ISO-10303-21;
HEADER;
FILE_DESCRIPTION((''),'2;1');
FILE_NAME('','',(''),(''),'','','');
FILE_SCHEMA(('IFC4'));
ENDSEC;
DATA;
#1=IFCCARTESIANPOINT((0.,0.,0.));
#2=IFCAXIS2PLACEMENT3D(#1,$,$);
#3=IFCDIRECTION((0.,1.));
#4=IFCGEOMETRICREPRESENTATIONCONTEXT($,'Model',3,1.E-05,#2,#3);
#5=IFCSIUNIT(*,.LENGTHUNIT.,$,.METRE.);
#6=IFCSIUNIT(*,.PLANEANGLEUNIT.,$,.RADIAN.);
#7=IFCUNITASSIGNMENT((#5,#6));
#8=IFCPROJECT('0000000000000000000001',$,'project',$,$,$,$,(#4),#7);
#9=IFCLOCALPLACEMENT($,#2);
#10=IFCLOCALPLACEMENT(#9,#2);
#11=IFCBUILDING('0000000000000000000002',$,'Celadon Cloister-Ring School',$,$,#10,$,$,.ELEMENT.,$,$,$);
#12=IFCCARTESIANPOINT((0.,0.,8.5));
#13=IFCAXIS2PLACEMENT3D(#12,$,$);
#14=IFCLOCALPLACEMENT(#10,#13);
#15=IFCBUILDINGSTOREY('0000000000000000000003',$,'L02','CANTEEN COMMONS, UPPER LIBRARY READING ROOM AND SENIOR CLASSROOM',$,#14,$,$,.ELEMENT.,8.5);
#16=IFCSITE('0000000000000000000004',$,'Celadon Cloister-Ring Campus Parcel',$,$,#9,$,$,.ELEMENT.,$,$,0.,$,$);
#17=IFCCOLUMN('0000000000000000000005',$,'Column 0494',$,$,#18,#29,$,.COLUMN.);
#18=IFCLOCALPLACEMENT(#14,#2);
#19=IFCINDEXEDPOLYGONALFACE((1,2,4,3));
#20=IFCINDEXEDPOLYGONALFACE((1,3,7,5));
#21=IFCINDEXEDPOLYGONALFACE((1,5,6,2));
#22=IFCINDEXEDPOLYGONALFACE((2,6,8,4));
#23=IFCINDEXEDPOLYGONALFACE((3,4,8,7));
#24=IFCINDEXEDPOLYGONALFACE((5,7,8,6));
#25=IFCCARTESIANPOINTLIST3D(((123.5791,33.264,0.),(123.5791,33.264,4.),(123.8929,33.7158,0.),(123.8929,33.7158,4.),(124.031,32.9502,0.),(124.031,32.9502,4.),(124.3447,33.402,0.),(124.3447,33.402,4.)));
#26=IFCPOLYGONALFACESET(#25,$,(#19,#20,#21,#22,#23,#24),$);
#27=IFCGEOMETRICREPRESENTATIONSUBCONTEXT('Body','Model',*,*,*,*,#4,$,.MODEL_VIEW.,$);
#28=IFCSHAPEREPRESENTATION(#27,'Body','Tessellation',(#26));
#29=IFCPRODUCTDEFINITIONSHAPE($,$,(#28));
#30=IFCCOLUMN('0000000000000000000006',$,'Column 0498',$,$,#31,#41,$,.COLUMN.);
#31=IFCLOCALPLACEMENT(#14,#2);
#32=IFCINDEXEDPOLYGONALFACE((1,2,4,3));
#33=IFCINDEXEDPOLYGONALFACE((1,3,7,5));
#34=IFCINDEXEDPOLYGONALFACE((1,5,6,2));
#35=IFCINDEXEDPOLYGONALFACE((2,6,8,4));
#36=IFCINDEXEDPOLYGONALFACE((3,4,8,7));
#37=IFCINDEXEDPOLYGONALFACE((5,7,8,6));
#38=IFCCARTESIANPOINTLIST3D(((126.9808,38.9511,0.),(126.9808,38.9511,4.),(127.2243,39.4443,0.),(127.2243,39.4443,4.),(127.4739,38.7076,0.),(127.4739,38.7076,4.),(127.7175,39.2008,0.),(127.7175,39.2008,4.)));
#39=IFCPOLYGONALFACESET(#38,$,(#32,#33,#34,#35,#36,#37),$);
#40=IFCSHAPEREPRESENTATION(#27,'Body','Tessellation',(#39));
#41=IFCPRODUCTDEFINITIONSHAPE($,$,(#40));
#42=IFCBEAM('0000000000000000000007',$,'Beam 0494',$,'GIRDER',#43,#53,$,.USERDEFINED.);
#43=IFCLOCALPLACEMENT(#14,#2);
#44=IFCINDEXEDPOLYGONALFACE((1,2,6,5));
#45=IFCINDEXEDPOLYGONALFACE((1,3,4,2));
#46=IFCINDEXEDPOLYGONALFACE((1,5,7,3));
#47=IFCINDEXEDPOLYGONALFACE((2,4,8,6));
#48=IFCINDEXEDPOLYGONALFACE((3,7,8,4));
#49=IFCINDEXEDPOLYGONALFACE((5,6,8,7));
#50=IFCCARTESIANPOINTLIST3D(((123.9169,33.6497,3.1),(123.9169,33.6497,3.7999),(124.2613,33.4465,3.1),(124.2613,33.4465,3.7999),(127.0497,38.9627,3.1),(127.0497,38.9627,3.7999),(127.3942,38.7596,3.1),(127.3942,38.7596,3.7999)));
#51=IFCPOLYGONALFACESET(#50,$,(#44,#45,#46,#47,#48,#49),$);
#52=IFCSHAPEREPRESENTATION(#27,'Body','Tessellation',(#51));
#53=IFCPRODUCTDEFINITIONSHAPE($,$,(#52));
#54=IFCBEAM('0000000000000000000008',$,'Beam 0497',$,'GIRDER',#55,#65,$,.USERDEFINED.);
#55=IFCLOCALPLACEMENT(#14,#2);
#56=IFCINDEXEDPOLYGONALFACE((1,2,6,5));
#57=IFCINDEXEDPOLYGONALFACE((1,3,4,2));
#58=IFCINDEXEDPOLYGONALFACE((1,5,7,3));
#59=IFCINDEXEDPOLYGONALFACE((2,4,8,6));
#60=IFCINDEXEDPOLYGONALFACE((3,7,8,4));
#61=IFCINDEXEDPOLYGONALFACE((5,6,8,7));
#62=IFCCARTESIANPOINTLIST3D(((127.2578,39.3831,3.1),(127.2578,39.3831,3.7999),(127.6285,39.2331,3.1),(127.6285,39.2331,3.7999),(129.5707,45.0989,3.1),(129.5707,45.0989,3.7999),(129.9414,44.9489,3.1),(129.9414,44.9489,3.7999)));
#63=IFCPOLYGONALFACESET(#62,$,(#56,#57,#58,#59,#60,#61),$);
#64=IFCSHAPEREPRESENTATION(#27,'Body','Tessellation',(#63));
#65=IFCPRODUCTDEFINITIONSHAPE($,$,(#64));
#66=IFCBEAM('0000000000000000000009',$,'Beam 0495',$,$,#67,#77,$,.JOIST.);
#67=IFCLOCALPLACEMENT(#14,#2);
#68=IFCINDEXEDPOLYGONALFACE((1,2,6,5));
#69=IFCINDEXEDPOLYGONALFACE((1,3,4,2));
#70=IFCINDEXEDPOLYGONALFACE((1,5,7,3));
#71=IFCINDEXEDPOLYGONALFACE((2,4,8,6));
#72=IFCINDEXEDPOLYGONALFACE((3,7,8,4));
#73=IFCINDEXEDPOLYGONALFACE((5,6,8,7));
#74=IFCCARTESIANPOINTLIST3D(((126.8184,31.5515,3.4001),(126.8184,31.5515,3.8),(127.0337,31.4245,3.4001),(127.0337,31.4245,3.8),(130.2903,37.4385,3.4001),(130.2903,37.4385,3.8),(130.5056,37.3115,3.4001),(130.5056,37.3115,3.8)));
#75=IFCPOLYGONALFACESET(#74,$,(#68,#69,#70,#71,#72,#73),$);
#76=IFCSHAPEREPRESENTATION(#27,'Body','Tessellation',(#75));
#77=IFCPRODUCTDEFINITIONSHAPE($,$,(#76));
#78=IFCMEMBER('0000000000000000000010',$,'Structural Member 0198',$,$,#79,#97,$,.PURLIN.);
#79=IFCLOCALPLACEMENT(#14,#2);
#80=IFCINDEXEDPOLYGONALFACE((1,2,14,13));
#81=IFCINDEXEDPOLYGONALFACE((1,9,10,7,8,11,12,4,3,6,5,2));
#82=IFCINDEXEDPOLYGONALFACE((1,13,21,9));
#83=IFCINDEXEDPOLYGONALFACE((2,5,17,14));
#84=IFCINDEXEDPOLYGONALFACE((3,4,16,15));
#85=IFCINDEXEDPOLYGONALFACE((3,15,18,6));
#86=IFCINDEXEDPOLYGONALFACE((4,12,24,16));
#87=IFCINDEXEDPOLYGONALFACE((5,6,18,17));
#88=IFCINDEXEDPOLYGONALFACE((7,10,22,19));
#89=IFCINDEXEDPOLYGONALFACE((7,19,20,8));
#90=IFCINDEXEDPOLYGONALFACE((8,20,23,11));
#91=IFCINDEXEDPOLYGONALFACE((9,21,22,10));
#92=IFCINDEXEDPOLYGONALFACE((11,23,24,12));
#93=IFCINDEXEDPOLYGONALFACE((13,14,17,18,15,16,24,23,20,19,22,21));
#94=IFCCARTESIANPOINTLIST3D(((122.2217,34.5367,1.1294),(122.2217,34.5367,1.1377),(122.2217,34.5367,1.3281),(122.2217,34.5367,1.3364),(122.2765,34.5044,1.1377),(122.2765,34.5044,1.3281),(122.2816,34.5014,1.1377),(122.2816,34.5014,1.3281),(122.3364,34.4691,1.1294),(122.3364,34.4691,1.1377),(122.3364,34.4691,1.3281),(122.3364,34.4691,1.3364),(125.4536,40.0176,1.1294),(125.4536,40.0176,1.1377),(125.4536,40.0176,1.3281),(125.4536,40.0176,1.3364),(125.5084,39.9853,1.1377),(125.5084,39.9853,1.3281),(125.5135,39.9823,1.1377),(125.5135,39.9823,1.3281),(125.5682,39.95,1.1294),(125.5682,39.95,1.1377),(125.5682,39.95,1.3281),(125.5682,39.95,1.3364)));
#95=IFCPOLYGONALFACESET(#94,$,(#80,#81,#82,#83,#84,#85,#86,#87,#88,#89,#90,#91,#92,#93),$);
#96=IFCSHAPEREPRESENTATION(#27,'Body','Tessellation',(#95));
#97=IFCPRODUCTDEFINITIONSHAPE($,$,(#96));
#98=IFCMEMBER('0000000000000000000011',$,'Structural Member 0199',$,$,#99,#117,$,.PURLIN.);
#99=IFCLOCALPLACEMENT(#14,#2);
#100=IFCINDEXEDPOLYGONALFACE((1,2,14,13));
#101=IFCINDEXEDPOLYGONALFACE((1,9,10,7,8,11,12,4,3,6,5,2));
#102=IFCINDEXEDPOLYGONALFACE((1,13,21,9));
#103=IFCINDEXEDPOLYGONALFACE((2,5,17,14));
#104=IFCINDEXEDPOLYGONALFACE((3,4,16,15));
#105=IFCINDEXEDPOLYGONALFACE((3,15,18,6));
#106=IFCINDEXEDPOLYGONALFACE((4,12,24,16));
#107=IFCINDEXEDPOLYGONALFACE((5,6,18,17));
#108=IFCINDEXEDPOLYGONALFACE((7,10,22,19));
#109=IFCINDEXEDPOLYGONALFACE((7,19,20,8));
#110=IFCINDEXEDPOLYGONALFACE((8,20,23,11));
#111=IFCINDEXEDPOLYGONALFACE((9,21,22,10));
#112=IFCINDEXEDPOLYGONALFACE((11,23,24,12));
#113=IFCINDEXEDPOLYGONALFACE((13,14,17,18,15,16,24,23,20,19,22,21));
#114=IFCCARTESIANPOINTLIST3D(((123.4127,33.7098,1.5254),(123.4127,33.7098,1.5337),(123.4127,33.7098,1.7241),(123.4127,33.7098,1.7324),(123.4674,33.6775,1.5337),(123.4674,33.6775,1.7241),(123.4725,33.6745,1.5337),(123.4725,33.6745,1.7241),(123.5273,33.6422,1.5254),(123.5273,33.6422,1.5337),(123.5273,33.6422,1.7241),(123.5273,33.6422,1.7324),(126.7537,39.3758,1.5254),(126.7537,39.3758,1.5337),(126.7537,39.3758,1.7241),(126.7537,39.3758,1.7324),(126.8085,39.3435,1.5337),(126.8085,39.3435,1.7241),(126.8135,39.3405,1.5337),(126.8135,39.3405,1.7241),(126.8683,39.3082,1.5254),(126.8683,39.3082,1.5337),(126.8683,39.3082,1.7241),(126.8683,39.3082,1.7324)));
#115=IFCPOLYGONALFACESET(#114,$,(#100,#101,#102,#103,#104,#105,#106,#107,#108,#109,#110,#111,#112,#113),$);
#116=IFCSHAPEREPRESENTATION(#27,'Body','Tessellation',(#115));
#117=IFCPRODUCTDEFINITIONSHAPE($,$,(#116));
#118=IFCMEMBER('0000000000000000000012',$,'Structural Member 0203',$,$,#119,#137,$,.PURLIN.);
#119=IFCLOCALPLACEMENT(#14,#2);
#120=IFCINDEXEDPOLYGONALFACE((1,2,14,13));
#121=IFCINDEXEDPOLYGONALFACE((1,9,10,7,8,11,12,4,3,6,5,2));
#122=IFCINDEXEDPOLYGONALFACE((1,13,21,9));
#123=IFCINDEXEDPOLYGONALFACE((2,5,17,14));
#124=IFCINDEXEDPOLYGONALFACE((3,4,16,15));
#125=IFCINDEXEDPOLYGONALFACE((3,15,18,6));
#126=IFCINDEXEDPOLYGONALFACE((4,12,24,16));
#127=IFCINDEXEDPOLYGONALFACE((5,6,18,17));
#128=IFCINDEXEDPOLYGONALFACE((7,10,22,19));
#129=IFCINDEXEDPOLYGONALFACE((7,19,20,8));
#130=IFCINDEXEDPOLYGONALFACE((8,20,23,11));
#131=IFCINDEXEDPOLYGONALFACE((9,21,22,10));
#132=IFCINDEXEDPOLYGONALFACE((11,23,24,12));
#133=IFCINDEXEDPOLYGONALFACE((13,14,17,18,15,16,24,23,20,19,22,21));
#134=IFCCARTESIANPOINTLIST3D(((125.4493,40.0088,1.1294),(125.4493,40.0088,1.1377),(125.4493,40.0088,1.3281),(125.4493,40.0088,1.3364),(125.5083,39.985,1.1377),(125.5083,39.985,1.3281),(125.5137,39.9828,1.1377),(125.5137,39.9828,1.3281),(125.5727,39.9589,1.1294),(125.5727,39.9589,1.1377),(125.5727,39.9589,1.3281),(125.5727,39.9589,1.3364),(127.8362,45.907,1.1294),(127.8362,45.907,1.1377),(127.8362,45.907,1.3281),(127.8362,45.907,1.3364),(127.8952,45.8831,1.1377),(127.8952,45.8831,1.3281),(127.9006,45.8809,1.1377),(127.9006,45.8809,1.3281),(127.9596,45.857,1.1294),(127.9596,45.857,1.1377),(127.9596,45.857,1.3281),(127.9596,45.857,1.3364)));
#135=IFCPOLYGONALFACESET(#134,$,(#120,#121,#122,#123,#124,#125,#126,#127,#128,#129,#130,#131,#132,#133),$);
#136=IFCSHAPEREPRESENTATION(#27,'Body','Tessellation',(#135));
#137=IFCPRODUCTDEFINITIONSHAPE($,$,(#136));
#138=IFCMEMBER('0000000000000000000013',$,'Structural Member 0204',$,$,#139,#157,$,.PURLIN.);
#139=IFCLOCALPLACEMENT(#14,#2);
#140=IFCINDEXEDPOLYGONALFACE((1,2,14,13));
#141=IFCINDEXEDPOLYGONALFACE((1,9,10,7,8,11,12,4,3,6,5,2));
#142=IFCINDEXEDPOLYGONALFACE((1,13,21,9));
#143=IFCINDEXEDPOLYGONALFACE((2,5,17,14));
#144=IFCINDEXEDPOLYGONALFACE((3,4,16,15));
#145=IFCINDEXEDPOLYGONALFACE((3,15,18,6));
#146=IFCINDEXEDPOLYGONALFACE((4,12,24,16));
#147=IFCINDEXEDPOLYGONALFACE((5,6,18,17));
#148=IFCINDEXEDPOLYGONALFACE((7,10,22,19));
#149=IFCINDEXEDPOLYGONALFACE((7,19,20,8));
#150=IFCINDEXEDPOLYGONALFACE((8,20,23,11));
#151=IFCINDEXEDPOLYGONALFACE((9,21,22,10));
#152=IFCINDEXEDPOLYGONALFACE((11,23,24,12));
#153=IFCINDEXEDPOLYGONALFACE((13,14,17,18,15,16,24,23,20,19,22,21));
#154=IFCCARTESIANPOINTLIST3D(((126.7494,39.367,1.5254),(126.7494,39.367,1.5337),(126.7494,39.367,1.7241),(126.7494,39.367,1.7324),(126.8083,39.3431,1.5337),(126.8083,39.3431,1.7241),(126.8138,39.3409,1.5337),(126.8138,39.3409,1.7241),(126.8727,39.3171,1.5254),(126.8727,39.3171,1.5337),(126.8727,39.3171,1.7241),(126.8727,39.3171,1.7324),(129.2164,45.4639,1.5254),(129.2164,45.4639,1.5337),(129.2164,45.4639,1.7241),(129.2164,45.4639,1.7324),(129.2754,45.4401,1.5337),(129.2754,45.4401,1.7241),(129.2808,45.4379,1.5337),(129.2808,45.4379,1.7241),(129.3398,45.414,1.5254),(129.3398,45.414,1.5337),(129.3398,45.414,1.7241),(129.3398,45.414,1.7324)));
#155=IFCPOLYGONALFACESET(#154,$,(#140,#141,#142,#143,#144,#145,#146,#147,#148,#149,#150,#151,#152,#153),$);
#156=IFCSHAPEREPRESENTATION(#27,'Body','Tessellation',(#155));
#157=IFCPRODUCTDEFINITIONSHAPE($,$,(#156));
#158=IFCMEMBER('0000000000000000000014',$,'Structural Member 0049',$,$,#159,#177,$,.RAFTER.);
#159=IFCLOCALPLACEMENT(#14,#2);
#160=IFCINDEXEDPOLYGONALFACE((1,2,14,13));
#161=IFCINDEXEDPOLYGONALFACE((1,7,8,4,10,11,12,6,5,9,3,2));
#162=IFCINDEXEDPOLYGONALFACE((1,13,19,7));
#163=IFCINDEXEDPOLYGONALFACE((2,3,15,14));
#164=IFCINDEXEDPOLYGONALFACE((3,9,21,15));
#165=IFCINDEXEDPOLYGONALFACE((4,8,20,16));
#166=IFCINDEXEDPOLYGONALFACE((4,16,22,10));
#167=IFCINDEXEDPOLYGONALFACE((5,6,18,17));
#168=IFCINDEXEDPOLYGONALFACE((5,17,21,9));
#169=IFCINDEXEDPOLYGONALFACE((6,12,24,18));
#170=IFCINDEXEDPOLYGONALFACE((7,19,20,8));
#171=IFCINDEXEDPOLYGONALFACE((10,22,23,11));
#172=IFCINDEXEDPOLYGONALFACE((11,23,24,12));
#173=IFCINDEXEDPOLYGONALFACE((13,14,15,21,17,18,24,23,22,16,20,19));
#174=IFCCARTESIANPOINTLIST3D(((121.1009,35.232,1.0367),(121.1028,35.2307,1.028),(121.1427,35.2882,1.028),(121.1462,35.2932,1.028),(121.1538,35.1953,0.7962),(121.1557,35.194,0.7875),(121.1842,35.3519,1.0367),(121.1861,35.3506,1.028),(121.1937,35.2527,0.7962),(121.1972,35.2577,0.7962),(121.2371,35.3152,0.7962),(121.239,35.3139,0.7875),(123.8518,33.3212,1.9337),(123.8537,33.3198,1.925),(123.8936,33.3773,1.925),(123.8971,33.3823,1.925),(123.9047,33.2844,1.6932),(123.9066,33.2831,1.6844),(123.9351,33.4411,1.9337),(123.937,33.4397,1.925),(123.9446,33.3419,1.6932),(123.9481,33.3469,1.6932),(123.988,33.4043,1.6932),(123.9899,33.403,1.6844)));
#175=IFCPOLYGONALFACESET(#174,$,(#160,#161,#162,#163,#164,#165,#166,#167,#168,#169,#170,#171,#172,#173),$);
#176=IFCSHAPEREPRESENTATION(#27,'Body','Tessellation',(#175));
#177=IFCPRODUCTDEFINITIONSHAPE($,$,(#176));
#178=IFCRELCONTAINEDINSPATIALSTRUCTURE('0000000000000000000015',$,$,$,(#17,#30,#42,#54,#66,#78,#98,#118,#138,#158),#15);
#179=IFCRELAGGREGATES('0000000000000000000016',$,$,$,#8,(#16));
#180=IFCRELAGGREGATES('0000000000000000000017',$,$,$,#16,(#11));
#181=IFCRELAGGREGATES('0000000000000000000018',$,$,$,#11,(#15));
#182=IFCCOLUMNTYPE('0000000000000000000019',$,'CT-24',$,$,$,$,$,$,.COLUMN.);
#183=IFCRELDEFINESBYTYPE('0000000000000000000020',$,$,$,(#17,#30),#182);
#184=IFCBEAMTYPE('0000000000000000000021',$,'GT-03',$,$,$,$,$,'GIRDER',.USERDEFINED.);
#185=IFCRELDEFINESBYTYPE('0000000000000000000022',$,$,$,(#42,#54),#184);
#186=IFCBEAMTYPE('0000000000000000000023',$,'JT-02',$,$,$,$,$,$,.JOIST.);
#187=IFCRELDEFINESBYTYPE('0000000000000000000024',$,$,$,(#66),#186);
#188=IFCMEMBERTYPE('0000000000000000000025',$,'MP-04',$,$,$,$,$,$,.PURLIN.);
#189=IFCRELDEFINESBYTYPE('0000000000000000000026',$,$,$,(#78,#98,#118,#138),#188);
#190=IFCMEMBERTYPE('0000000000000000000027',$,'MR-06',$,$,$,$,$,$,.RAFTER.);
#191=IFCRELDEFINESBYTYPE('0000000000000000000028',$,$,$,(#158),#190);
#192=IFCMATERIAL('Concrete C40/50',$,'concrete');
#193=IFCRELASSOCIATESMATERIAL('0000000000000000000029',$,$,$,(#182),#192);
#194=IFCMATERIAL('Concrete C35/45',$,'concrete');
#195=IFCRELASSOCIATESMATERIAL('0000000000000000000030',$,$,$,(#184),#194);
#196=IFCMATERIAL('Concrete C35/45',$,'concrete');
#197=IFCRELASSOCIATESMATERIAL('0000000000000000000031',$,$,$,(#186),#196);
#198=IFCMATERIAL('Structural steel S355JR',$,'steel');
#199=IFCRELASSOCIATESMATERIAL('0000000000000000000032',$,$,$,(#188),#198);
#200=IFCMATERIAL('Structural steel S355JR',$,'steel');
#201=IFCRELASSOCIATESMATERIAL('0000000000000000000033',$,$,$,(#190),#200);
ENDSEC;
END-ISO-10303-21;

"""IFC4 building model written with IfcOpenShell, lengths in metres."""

from ifc_helpers import new_model, si_unit, direction, frame, origin, origin_2d, place, context, subcontext, project, spatial, rectangle, i_section, extrude, material, material_profile, profile_set, type_object, element, save


model = new_model("IFC4")

# Units and contexts
model_context = context("Model", 3, precision=1e-05, world=origin(), true_north=direction((0.0, 1.0)))
body_context = subcontext(model_context, "Body", "Model", "MODEL_VIEW")
ifc_project = project(units=[si_unit("LENGTHUNIT", "METRE"), si_unit("PLANEANGLEUNIT", "RADIAN")], contexts=[model_context])

# Site, building, storey
site_placement = place(None, origin())
site = spatial("IfcSite", under=ifc_project, at=site_placement, Name="Celadon Cloister-Ring Campus Parcel", CompositionType="ELEMENT", RefElevation=0.0)
building_placement = place(site_placement, origin())
building = spatial("IfcBuilding", under=site, at=building_placement, Name="Celadon Cloister-Ring School", CompositionType="ELEMENT")
storey_placement = place(building_placement, frame((0.0, 0.0, 8.5)))
storey = spatial("IfcBuildingStorey", under=building, at=storey_placement, Name="L02", Description="CANTEEN COMMONS, UPPER LIBRARY READING ROOM AND SENIOR CLASSROOM", CompositionType="ELEMENT", Elevation=8.5)

# Columns
ifc_material_1 = material(Name="Concrete C40/50", Category="concrete")
ifc_material_profile_1 = material_profile(ifc_material_1, rectangle(XDim=0.55, YDim=0.55, at=origin_2d()), Name="RC550X550")
ifc_profile_set_1 = profile_set([ifc_material_profile_1], Name="Concrete C40/50")
column_type = type_object("IfcColumnType", Name="CT-24", PredefinedType="COLUMN", material=ifc_profile_set_1)
for number, where, z_axis, x_axis, name in (
    (1, (123.9619, 33.333, 0.0), (0.0, 0.0, 1.0), (0.821388, -0.57037, 0.0), "Column 0494"),
    (2, (127.3491, 39.0759, 0.0), (0.0, 0.0, 1.0), (0.896641, -0.442758, 0.0), "Column 0498"),
):
    element("IfcColumn", number, at=place(storey_placement, frame(where, z_axis=z_axis, x_axis=x_axis)), inside=storey, type_object=column_type, Name=name, PredefinedType="COLUMN", context=body_context, shape_type="SweptSolid", body=[
        extrude(rectangle(XDim=0.55, YDim=0.55, at=origin_2d()), origin(), (0.0, 0.0, 1.0), 4.0),
    ])

# Beams
ifc_material_2 = material(Name="Concrete C35/45", Category="concrete")
ifc_material_profile_2 = material_profile(ifc_material_2, rectangle(XDim=0.3999, YDim=0.7, at=origin_2d()), Name="RC400X700")
ifc_profile_set_2 = profile_set([ifc_material_profile_2], Name="Concrete C35/45")
beam_type_1 = type_object("IfcBeamType", Name="GT-03", ElementType="GIRDER", PredefinedType="USERDEFINED", material=ifc_profile_set_2)
beam_1_placement = place(storey_placement, frame((124.0891, 33.5481, 3.45), z_axis=(0.507926, 0.861401, 0.0), x_axis=(-0.861401, 0.507926, 0.0)))
element("IfcBeam", 3, at=beam_1_placement, inside=storey, type_object=beam_type_1, Name="Beam 0494", ObjectType="GIRDER", PredefinedType="USERDEFINED", context=body_context, shape_type="SweptSolid", body=[
    extrude(rectangle(XDim=0.3999, YDim=0.7, at=origin_2d()), origin(), (0.0, 0.0, 1.0), 6.168),
])
beam_2_placement = place(storey_placement, frame((127.4431, 39.3081, 3.45), z_axis=(0.375115, 0.926978, 0.0), x_axis=(-0.926978, 0.375115, 0.0)))
element("IfcBeam", 4, at=beam_2_placement, inside=storey, type_object=beam_type_1, Name="Beam 0497", ObjectType="GIRDER", PredefinedType="USERDEFINED", context=body_context, shape_type="SweptSolid", body=[
    extrude(rectangle(XDim=0.3999, YDim=0.7, at=origin_2d()), origin(), (0.0, 0.0, 1.0), 6.166),
])
ifc_material_3 = material(Name="Concrete C35/45", Category="concrete")
ifc_material_profile_3 = material_profile(ifc_material_3, rectangle(XDim=0.25, YDim=0.3999, at=origin_2d()), Name="RC250X400")
ifc_profile_set_3 = profile_set([ifc_material_profile_3], Name="Concrete C35/45")
beam_type_2 = type_object("IfcBeamType", Name="JT-02", PredefinedType="JOIST", material=ifc_profile_set_3)
beam_3_placement = place(storey_placement, frame((126.926, 31.488, 3.6001), z_axis=(0.507999, 0.861358, 0.0), x_axis=(-0.861358, 0.507999, 0.0)))
element("IfcBeam", 5, at=beam_3_placement, inside=storey, type_object=beam_type_2, Name="Beam 0495", PredefinedType="JOIST", context=body_context, shape_type="SweptSolid", body=[
    extrude(rectangle(XDim=0.25, YDim=0.3999, at=origin_2d()), origin(), (0.0, 0.0, 1.0), 6.8345),
])

# Members
ifc_material_4 = material(Name="Structural steel S355JR", Category="steel")
ifc_material_profile_4 = material_profile(ifc_material_4, i_section(OverallWidth=0.1331, OverallDepth=0.207, WebThickness=0.0059, FlangeThickness=0.0083, at=origin_2d()), Name="W200X27")
ifc_profile_set_4 = profile_set([ifc_material_profile_4], Name="Structural steel S355JR")
member_type_1 = type_object("IfcMemberType", Name="MP-04", PredefinedType="PURLIN", material=ifc_profile_set_4)
member_1_placement = place(storey_placement, frame((122.2791, 34.5029, 1.2329), z_axis=(0.507935, 0.861395, 0.0), x_axis=(-0.861395, 0.507935, 0.0)))
element("IfcMember", 6, at=member_1_placement, inside=storey, type_object=member_type_1, Name="Structural Member 0198", PredefinedType="PURLIN", context=body_context, shape_type="SweptSolid", body=[
    extrude(i_section(OverallWidth=0.1331, OverallDepth=0.207, WebThickness=0.0059, FlangeThickness=0.0083, at=origin_2d()), origin(), (0.0, 0.0, 1.0), 6.3628),
])
member_2_placement = place(storey_placement, frame((123.47, 33.676, 1.6289), z_axis=(0.507936, 0.861395, 0.0), x_axis=(-0.861395, 0.507936, 0.0)))
element("IfcMember", 7, at=member_2_placement, inside=storey, type_object=member_type_1, Name="Structural Member 0199", PredefinedType="PURLIN", context=body_context, shape_type="SweptSolid", body=[
    extrude(i_section(OverallWidth=0.1331, OverallDepth=0.207, WebThickness=0.0059, FlangeThickness=0.0083, at=origin_2d()), origin(), (0.0, 0.0, 1.0), 6.5776),
])
member_3_placement = place(storey_placement, frame((125.511, 39.9839, 1.2329), z_axis=(0.375139, 0.926969, 0.0), x_axis=(-0.926969, 0.375139, 0.0)))
element("IfcMember", 8, at=member_3_placement, inside=storey, type_object=member_type_1, Name="Structural Member 0203", PredefinedType="PURLIN", context=body_context, shape_type="SweptSolid", body=[
    extrude(i_section(OverallWidth=0.1331, OverallDepth=0.207, WebThickness=0.0059, FlangeThickness=0.0083, at=origin_2d()), origin(), (0.0, 0.0, 1.0), 6.3628),
])
member_4_placement = place(storey_placement, frame((126.811, 39.342, 1.6289), z_axis=(0.375093, 0.926987, 0.0), x_axis=(-0.926987, 0.375093, 0.0)))
element("IfcMember", 9, at=member_4_placement, inside=storey, type_object=member_type_1, Name="Structural Member 0204", PredefinedType="PURLIN", context=body_context, shape_type="SweptSolid", body=[
    extrude(i_section(OverallWidth=0.1331, OverallDepth=0.207, WebThickness=0.0059, FlangeThickness=0.0083, at=origin_2d()), origin(), (0.0, 0.0, 1.0), 6.5771),
])
ifc_material_5 = material(Name="Structural steel S355JR", Category="steel")
ifc_material_profile_5 = material_profile(ifc_material_5, i_section(OverallWidth=0.146, OverallDepth=0.2581, WebThickness=0.0061, FlangeThickness=0.009, at=origin_2d()), Name="W250X33")
ifc_profile_set_5 = profile_set([ifc_material_profile_5], Name="Structural steel S355JR")
member_type_2 = type_object("IfcMemberType", Name="MR-06", PredefinedType="RAFTER", material=ifc_profile_set_5)
member_5_placement = place(storey_placement, frame((121.1699, 35.2729, 0.9121), z_axis=(0.793348, -0.551077, 0.258676), x_axis=(0.570494, 0.821302, 0.0)))
element("IfcMember", 10, at=member_5_placement, inside=storey, type_object=member_type_2, Name="Structural Member 0049", PredefinedType="RAFTER", context=body_context, shape_type="SweptSolid", body=[
    extrude(i_section(OverallWidth=0.146, OverallDepth=0.2581, WebThickness=0.0061, FlangeThickness=0.009, at=origin_2d()), origin(), (0.0, 0.0, 1.0), 3.4675),
])

save(model, "model.ifc")
